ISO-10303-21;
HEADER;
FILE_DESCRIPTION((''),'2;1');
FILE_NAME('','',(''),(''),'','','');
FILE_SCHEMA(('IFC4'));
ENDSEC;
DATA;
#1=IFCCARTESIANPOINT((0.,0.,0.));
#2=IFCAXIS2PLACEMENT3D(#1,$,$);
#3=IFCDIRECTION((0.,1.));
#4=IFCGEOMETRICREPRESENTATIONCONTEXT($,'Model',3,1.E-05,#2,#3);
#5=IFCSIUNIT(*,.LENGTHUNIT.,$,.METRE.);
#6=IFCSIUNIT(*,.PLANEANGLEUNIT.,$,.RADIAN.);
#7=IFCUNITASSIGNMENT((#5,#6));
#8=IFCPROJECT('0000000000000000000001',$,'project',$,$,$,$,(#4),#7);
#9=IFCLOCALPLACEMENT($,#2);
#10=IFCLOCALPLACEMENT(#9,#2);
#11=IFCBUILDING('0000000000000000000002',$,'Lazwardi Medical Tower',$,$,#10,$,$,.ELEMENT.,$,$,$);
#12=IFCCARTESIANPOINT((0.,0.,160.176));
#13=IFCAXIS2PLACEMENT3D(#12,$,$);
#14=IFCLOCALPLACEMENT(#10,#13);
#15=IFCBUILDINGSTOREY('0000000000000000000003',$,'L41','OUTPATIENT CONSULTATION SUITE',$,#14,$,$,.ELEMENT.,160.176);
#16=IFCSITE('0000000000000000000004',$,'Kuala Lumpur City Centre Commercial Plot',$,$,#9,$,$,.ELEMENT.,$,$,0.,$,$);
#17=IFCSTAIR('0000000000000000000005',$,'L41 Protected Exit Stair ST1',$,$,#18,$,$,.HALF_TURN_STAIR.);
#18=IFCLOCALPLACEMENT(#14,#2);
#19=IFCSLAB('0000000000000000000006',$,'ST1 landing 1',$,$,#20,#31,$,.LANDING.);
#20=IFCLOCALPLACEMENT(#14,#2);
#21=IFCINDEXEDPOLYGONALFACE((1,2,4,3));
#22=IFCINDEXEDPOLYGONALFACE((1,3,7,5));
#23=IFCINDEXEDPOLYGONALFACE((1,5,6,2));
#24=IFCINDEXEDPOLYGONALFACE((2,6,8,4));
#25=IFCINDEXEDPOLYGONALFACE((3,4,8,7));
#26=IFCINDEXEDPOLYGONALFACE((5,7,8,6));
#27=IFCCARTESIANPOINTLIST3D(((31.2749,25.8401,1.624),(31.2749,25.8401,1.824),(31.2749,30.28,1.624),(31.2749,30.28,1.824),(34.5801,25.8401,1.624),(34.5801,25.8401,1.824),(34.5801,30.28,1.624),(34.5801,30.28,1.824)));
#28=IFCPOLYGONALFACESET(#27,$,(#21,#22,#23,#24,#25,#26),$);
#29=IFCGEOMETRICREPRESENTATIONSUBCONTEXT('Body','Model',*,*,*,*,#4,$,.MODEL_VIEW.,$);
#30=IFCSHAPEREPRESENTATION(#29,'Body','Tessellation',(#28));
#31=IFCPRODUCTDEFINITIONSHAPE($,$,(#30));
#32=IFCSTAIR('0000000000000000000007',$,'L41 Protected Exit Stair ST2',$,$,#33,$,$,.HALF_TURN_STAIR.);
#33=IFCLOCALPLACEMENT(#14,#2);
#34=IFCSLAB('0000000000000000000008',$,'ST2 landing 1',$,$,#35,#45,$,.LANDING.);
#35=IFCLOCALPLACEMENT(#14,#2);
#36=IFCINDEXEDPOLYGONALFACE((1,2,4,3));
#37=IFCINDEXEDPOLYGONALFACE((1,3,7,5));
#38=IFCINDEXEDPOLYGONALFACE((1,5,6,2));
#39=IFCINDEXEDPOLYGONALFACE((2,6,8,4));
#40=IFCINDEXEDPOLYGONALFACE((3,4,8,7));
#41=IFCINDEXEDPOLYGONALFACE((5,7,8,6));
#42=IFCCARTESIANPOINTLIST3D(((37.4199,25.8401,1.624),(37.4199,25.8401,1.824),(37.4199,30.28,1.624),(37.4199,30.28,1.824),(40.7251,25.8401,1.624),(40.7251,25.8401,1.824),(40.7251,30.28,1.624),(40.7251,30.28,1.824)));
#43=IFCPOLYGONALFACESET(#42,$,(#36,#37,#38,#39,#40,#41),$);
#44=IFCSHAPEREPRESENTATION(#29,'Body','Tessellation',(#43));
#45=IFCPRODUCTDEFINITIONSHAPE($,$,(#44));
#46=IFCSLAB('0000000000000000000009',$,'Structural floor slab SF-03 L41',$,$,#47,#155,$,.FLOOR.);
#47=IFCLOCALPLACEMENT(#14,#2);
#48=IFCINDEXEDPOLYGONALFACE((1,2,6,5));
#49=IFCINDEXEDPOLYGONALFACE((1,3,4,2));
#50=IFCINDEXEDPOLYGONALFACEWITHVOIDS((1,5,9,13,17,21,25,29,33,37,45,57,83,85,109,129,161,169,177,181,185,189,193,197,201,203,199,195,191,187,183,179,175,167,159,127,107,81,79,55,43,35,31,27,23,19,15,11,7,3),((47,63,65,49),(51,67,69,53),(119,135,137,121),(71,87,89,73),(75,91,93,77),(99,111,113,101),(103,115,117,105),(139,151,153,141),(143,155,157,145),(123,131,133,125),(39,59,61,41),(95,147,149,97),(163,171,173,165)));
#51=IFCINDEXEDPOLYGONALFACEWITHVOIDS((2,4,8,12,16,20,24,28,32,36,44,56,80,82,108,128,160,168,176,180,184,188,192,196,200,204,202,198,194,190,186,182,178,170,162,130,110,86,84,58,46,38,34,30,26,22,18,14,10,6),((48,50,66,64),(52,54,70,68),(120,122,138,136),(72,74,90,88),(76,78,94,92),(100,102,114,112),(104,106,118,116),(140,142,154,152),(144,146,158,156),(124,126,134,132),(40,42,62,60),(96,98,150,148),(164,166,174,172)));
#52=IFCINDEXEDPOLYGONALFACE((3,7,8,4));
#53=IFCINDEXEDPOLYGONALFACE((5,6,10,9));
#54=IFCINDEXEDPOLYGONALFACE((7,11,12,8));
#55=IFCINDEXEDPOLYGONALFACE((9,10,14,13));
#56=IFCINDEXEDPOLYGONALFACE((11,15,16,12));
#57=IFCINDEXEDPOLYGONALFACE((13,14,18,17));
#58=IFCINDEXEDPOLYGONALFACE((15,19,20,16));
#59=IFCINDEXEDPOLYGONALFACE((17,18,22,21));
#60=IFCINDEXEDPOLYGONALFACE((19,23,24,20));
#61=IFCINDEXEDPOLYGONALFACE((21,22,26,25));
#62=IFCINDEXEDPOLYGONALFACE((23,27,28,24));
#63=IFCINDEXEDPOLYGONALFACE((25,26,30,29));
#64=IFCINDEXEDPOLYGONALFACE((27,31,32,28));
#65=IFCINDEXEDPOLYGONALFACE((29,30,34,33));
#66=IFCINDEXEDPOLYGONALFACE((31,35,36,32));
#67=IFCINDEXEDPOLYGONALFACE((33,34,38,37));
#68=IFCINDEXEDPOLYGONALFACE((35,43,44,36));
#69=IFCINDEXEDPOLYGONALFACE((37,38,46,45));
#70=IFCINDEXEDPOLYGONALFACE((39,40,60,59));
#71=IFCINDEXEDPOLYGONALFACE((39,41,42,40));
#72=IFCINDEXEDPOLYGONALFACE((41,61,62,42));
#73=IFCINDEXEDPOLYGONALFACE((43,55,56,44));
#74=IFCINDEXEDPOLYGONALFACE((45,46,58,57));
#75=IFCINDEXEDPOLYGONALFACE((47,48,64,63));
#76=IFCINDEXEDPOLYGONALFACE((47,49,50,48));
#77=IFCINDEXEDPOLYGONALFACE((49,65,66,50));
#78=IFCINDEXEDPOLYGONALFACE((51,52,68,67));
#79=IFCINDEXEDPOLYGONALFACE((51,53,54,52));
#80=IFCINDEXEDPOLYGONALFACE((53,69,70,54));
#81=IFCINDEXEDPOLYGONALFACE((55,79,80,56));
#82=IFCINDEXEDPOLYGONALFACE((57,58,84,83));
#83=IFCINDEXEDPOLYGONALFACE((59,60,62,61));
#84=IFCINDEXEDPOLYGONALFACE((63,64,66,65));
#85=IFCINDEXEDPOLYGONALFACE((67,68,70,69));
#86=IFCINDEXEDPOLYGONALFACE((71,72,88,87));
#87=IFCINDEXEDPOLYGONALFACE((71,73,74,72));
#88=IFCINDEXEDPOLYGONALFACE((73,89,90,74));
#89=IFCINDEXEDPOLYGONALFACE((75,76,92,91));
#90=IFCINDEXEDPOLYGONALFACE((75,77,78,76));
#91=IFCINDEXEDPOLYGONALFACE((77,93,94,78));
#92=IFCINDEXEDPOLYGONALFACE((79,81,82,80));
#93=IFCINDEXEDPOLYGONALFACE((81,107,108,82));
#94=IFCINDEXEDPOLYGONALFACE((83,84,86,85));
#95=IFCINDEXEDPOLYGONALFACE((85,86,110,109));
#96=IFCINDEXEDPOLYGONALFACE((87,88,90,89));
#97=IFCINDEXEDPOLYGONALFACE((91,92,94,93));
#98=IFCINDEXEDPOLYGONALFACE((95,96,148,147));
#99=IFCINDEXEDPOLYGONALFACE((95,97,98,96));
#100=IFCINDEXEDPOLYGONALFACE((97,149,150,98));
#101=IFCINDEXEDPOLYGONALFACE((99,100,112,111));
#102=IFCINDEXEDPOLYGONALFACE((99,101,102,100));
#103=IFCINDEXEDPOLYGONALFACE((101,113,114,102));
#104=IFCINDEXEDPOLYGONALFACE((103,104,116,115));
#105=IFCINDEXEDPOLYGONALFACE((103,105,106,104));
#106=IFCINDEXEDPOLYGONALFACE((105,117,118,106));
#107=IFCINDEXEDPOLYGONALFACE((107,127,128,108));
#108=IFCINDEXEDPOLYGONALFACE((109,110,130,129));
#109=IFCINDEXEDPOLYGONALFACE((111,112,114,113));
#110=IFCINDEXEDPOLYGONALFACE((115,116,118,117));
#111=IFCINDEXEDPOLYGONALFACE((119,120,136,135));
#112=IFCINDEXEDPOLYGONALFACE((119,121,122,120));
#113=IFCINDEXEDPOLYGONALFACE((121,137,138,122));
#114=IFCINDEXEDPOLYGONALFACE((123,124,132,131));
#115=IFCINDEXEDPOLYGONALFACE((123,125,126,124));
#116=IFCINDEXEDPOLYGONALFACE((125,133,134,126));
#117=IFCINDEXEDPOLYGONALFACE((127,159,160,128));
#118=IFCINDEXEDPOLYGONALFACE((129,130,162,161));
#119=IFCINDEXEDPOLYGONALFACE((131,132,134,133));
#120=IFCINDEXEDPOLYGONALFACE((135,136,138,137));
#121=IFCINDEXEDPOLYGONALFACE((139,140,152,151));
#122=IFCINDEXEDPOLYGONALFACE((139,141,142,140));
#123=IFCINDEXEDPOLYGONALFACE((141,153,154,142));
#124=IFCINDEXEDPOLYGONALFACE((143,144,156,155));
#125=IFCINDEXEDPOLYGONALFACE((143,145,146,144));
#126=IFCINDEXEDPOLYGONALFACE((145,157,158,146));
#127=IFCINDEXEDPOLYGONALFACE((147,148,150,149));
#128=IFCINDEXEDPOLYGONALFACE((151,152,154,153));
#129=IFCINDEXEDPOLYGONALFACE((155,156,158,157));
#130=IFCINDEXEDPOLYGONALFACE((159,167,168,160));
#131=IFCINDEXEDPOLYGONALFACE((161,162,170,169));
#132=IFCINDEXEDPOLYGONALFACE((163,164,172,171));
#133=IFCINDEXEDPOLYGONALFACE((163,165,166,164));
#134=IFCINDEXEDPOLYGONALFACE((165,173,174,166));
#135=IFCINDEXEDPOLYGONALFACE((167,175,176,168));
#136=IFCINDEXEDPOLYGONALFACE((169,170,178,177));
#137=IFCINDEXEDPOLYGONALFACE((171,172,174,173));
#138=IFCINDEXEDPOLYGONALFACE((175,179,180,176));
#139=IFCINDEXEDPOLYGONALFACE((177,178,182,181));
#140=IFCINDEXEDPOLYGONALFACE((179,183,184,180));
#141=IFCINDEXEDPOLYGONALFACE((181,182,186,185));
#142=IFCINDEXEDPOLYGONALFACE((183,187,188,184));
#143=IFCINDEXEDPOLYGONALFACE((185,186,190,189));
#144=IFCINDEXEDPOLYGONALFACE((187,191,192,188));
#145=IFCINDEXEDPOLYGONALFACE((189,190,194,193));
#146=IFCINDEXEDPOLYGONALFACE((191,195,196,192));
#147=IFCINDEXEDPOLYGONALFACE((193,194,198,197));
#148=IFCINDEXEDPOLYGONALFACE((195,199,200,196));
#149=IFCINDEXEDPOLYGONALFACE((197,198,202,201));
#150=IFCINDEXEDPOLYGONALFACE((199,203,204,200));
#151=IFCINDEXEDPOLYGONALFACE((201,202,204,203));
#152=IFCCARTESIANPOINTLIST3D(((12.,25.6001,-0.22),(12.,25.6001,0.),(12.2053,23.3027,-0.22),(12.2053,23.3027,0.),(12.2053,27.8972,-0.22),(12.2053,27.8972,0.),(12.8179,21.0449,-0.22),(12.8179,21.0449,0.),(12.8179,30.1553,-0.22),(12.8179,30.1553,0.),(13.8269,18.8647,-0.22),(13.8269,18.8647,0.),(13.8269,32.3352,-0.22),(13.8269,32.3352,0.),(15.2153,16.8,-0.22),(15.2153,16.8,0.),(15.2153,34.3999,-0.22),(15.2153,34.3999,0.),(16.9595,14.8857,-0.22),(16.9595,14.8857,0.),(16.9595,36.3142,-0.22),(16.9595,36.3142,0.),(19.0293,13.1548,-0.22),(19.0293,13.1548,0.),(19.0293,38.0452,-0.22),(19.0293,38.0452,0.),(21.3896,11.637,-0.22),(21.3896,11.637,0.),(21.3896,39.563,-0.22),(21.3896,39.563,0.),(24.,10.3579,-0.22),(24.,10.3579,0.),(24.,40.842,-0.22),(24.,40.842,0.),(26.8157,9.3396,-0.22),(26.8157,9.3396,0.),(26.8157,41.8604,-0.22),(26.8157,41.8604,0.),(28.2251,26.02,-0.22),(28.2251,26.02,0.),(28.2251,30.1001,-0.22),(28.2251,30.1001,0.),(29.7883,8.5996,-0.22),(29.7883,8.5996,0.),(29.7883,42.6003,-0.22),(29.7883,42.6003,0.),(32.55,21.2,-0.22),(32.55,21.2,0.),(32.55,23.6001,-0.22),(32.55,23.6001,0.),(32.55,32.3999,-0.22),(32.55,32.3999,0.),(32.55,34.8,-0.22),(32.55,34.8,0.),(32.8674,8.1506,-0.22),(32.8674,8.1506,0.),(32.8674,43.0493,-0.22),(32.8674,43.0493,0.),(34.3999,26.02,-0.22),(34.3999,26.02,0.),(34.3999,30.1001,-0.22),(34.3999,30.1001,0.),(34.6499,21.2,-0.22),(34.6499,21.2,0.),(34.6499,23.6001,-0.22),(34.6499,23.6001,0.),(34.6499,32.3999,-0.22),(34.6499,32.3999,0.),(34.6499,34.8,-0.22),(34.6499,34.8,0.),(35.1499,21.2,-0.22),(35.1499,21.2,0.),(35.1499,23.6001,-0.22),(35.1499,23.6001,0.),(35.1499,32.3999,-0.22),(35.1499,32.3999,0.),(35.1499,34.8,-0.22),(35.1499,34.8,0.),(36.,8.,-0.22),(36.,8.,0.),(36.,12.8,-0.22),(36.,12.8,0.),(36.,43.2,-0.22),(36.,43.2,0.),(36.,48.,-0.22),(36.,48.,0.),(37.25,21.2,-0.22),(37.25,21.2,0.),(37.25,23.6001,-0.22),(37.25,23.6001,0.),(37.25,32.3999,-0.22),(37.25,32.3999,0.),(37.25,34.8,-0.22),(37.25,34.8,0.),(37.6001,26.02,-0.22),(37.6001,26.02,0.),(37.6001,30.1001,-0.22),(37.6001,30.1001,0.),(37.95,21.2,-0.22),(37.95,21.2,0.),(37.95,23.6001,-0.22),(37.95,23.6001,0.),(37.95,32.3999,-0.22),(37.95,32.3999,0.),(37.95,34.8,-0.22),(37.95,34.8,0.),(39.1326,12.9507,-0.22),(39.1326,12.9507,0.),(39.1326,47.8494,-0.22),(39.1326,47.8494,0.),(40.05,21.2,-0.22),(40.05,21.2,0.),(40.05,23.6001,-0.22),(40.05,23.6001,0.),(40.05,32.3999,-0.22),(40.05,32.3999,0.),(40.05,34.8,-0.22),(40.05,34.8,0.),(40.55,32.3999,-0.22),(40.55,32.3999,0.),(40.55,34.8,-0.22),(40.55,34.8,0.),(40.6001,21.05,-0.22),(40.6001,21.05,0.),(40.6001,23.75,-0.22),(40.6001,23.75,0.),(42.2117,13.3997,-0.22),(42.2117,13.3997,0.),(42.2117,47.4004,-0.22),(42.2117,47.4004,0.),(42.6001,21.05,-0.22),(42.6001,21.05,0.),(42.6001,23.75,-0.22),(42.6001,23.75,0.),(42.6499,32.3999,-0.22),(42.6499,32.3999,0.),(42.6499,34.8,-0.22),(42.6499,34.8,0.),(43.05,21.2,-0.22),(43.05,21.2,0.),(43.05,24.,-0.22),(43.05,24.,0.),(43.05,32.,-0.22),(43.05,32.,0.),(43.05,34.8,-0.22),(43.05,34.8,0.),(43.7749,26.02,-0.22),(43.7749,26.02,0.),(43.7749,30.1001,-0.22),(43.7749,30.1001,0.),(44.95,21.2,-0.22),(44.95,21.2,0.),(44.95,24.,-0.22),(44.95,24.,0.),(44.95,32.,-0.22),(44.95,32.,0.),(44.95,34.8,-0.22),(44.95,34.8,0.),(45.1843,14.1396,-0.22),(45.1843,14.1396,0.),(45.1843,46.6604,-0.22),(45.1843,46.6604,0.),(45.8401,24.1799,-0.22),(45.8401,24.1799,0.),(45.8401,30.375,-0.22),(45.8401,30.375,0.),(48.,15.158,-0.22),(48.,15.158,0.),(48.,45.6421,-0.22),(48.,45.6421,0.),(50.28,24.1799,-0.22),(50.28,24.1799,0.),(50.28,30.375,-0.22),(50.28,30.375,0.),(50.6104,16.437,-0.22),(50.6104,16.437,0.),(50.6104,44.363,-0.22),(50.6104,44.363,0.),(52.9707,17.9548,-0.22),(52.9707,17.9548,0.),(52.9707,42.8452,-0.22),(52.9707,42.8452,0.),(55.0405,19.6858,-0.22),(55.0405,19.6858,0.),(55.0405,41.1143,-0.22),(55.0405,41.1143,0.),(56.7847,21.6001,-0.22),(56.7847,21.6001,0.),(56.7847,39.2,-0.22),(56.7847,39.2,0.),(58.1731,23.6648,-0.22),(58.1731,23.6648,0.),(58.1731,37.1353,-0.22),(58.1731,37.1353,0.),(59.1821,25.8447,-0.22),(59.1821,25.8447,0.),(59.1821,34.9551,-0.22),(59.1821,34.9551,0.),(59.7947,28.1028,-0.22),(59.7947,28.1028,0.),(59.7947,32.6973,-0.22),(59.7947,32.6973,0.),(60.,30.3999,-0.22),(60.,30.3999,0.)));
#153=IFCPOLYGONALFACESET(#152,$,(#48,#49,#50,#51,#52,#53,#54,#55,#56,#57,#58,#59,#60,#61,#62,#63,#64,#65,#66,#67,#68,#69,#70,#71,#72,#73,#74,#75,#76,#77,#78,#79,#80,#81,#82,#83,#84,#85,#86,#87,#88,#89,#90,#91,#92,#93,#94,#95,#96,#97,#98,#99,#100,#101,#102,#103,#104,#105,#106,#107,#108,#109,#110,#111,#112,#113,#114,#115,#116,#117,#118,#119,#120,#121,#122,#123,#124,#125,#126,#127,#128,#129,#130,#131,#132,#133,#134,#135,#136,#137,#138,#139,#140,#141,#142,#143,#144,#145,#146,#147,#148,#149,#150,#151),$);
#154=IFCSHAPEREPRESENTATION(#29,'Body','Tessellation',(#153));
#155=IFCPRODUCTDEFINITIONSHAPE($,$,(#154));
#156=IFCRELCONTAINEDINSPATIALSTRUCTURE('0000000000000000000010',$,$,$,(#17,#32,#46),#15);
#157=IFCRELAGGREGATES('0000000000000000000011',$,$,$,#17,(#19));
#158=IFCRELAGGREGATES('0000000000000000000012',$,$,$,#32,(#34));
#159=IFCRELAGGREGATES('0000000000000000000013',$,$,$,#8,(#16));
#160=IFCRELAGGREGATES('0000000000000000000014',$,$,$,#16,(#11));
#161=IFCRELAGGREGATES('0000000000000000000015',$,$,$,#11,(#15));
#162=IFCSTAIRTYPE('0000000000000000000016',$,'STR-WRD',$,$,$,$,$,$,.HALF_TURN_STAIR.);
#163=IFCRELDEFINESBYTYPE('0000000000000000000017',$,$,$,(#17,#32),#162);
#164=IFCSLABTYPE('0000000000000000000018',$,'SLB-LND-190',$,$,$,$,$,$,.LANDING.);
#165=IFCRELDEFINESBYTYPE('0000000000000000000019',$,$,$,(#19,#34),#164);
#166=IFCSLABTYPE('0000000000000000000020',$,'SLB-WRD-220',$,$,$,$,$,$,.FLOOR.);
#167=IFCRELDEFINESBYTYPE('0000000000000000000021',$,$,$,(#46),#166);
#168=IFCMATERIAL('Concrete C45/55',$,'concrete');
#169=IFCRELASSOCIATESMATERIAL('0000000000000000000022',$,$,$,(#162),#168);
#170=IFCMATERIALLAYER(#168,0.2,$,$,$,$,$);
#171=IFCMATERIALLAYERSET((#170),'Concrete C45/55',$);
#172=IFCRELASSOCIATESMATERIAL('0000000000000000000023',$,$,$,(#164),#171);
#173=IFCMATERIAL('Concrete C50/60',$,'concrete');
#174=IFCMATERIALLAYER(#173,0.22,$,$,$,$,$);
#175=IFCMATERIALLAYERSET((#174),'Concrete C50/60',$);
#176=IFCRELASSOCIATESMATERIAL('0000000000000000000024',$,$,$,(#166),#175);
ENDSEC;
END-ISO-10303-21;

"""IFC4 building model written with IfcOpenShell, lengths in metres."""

from ifc_helpers import new_model, si_unit, direction, frame, origin, place, context, subcontext, project, spatial, polyline, outline, extrude, material, layer, layer_set, type_object, element, aggregate, save


model = new_model("IFC4")

# Units and contexts
model_context = context("Model", 3, precision=1e-05, world=origin(), true_north=direction((0.0, 1.0)))
body_context = subcontext(model_context, "Body", "Model", "MODEL_VIEW")
ifc_project = project(units=[si_unit("LENGTHUNIT", "METRE"), si_unit("PLANEANGLEUNIT", "RADIAN")], contexts=[model_context])

# Site, building, storey
site_placement = place(None, origin())
site = spatial("IfcSite", under=ifc_project, at=site_placement, Name="Kuala Lumpur City Centre Commercial Plot", CompositionType="ELEMENT", RefElevation=0.0)
building_placement = place(site_placement, origin())
building = spatial("IfcBuilding", under=site, at=building_placement, Name="Lazwardi Medical Tower", CompositionType="ELEMENT")
storey_placement = place(building_placement, frame((0.0, 0.0, 160.176)))
storey = spatial("IfcBuildingStorey", under=building, at=storey_placement, Name="L41", Description="OUTPATIENT CONSULTATION SUITE", CompositionType="ELEMENT", Elevation=160.176)

# Stairs, slabs
ifc_material_1 = material(Name="Concrete C45/55", Category="concrete")
stair_type = type_object("IfcStairType", Name="STR-WRD", PredefinedType="HALF_TURN_STAIR", material=ifc_material_1)
stair_1_placement = place(storey_placement, origin())
stair_1 = element("IfcStair", 1, at=stair_1_placement, inside=storey, type_object=stair_type, Name="L41 Protected Exit Stair ST1", PredefinedType="HALF_TURN_STAIR")
ifc_layer_1 = layer(ifc_material_1, 0.2)
ifc_layer_set_1 = layer_set([ifc_layer_1], Name="Concrete C45/55")
slab_type_1 = type_object("IfcSlabType", Name="SLB-LND-190", PredefinedType="LANDING", material=ifc_layer_set_1)
slab_1_placement = place(storey_placement, frame((0.0, 0.0, 1.624)))
slab_1 = element("IfcSlab", 2, at=slab_1_placement, type_object=slab_type_1, Name="ST1 landing 1", PredefinedType="LANDING", context=body_context, shape_type="SweptSolid", body=[
    extrude(outline(polyline([(31.2749, 25.8401), (34.5801, 25.8401), (34.5801, 30.28), (31.2749, 30.28), (31.2749, 25.8401)])), origin(), (0.0, 0.0, 1.0), 0.2),
])
aggregate(stair_1, [slab_1])
stair_2_placement = place(storey_placement, origin())
stair_2 = element("IfcStair", 3, at=stair_2_placement, inside=storey, type_object=stair_type, Name="L41 Protected Exit Stair ST2", PredefinedType="HALF_TURN_STAIR")
slab_2_placement = place(storey_placement, frame((0.0, 0.0, 1.624)))
slab_2 = element("IfcSlab", 4, at=slab_2_placement, type_object=slab_type_1, Name="ST2 landing 1", PredefinedType="LANDING", context=body_context, shape_type="SweptSolid", body=[
    extrude(outline(polyline([(40.7251, 30.28), (37.4199, 30.28), (37.4199, 25.8401), (40.7251, 25.8401), (40.7251, 30.28)])), origin(), (0.0, 0.0, 1.0), 0.2),
])
aggregate(stair_2, [slab_2])

# Slab
ifc_material_2 = material(Name="Concrete C50/60", Category="concrete")
ifc_layer_2 = layer(ifc_material_2, 0.22)
ifc_layer_set_2 = layer_set([ifc_layer_2], Name="Concrete C50/60")
slab_type_2 = type_object("IfcSlabType", Name="SLB-WRD-220", PredefinedType="FLOOR", material=ifc_layer_set_2)
slab_3_placement = place(storey_placement, frame((0.0, 0.0, -0.22)))
element("IfcSlab", 5, at=slab_3_placement, inside=storey, type_object=slab_type_2, Name="Structural floor slab SF-03 L41", PredefinedType="FLOOR", context=body_context, shape_type="SweptSolid", body=[
    extrude(outline(polyline([(12.2053, 23.3027), (12.8179, 21.0449), (13.8269, 18.8647), (15.2153, 16.8), (16.9595, 14.8857), (19.0293, 13.1548), (21.3896, 11.637), (24.0, 10.3579), (26.8157, 9.3396), (29.7883, 8.5996), (32.8674, 8.1506), (36.0, 8.0), (36.0, 12.8), (39.1326, 12.9507), (42.2117, 13.3997), (45.1843, 14.1396), (48.0, 15.158), (50.6104, 16.437), (52.9707, 17.9548), (55.0405, 19.6858), (56.7847, 21.6001), (58.1731, 23.6648), (59.1821, 25.8447), (59.7947, 28.1028), (60.0, 30.3999), (59.7947, 32.6973), (59.1821, 34.9551), (58.1731, 37.1353), (56.7847, 39.2), (55.0405, 41.1143), (52.9707, 42.8452), (50.6104, 44.363), (48.0, 45.6421), (45.1843, 46.6604), (42.2117, 47.4004), (39.1326, 47.8494), (36.0, 48.0), (36.0, 43.2), (32.8674, 43.0493), (29.7883, 42.6003), (26.8157, 41.8604), (24.0, 40.842), (21.3896, 39.563), (19.0293, 38.0452), (16.9595, 36.3142), (15.2153, 34.3999), (13.8269, 32.3352), (12.8179, 30.1553), (12.2053, 27.8972), (12.0, 25.6001), (12.2053, 23.3027)]), holes=[polyline([(28.2251, 26.02), (28.2251, 30.1001), (34.3999, 30.1001), (34.3999, 26.02), (28.2251, 26.02)]), polyline([(37.6001, 30.1001), (43.7749, 30.1001), (43.7749, 26.02), (37.6001, 26.02), (37.6001, 30.1001)]), polyline([(50.28, 30.375), (50.28, 24.1799), (45.8401, 24.1799), (45.8401, 30.375), (50.28, 30.375)]), polyline([(34.6499, 32.3999), (32.55, 32.3999), (32.55, 34.8), (34.6499, 34.8), (34.6499, 32.3999)]), polyline([(35.1499, 32.3999), (35.1499, 34.8), (37.25, 34.8), (37.25, 32.3999), (35.1499, 32.3999)]), polyline([(32.55, 23.6001), (34.6499, 23.6001), (34.6499, 21.2), (32.55, 21.2), (32.55, 23.6001)]), polyline([(37.25, 23.6001), (37.25, 21.2), (35.1499, 21.2), (35.1499, 23.6001), (37.25, 23.6001)]), polyline([(40.05, 32.3999), (37.95, 32.3999), (37.95, 34.8), (40.05, 34.8), (40.05, 32.3999)]), polyline([(40.55, 32.3999), (40.55, 34.8), (42.6499, 34.8), (42.6499, 32.3999), (40.55, 32.3999)]), polyline([(37.95, 23.6001), (40.05, 23.6001), (40.05, 21.2), (37.95, 21.2), (37.95, 23.6001)]), polyline([(44.95, 34.8), (44.95, 32.0), (43.05, 32.0), (43.05, 34.8), (44.95, 34.8)]), polyline([(44.95, 21.2), (43.05, 21.2), (43.05, 24.0), (44.95, 24.0), (44.95, 21.2)]), polyline([(40.6001, 21.05), (40.6001, 23.75), (42.6001, 23.75), (42.6001, 21.05), (40.6001, 21.05)])]), origin(), (0.0, 0.0, 1.0), 0.22),
])

save(model, "model.ifc")
